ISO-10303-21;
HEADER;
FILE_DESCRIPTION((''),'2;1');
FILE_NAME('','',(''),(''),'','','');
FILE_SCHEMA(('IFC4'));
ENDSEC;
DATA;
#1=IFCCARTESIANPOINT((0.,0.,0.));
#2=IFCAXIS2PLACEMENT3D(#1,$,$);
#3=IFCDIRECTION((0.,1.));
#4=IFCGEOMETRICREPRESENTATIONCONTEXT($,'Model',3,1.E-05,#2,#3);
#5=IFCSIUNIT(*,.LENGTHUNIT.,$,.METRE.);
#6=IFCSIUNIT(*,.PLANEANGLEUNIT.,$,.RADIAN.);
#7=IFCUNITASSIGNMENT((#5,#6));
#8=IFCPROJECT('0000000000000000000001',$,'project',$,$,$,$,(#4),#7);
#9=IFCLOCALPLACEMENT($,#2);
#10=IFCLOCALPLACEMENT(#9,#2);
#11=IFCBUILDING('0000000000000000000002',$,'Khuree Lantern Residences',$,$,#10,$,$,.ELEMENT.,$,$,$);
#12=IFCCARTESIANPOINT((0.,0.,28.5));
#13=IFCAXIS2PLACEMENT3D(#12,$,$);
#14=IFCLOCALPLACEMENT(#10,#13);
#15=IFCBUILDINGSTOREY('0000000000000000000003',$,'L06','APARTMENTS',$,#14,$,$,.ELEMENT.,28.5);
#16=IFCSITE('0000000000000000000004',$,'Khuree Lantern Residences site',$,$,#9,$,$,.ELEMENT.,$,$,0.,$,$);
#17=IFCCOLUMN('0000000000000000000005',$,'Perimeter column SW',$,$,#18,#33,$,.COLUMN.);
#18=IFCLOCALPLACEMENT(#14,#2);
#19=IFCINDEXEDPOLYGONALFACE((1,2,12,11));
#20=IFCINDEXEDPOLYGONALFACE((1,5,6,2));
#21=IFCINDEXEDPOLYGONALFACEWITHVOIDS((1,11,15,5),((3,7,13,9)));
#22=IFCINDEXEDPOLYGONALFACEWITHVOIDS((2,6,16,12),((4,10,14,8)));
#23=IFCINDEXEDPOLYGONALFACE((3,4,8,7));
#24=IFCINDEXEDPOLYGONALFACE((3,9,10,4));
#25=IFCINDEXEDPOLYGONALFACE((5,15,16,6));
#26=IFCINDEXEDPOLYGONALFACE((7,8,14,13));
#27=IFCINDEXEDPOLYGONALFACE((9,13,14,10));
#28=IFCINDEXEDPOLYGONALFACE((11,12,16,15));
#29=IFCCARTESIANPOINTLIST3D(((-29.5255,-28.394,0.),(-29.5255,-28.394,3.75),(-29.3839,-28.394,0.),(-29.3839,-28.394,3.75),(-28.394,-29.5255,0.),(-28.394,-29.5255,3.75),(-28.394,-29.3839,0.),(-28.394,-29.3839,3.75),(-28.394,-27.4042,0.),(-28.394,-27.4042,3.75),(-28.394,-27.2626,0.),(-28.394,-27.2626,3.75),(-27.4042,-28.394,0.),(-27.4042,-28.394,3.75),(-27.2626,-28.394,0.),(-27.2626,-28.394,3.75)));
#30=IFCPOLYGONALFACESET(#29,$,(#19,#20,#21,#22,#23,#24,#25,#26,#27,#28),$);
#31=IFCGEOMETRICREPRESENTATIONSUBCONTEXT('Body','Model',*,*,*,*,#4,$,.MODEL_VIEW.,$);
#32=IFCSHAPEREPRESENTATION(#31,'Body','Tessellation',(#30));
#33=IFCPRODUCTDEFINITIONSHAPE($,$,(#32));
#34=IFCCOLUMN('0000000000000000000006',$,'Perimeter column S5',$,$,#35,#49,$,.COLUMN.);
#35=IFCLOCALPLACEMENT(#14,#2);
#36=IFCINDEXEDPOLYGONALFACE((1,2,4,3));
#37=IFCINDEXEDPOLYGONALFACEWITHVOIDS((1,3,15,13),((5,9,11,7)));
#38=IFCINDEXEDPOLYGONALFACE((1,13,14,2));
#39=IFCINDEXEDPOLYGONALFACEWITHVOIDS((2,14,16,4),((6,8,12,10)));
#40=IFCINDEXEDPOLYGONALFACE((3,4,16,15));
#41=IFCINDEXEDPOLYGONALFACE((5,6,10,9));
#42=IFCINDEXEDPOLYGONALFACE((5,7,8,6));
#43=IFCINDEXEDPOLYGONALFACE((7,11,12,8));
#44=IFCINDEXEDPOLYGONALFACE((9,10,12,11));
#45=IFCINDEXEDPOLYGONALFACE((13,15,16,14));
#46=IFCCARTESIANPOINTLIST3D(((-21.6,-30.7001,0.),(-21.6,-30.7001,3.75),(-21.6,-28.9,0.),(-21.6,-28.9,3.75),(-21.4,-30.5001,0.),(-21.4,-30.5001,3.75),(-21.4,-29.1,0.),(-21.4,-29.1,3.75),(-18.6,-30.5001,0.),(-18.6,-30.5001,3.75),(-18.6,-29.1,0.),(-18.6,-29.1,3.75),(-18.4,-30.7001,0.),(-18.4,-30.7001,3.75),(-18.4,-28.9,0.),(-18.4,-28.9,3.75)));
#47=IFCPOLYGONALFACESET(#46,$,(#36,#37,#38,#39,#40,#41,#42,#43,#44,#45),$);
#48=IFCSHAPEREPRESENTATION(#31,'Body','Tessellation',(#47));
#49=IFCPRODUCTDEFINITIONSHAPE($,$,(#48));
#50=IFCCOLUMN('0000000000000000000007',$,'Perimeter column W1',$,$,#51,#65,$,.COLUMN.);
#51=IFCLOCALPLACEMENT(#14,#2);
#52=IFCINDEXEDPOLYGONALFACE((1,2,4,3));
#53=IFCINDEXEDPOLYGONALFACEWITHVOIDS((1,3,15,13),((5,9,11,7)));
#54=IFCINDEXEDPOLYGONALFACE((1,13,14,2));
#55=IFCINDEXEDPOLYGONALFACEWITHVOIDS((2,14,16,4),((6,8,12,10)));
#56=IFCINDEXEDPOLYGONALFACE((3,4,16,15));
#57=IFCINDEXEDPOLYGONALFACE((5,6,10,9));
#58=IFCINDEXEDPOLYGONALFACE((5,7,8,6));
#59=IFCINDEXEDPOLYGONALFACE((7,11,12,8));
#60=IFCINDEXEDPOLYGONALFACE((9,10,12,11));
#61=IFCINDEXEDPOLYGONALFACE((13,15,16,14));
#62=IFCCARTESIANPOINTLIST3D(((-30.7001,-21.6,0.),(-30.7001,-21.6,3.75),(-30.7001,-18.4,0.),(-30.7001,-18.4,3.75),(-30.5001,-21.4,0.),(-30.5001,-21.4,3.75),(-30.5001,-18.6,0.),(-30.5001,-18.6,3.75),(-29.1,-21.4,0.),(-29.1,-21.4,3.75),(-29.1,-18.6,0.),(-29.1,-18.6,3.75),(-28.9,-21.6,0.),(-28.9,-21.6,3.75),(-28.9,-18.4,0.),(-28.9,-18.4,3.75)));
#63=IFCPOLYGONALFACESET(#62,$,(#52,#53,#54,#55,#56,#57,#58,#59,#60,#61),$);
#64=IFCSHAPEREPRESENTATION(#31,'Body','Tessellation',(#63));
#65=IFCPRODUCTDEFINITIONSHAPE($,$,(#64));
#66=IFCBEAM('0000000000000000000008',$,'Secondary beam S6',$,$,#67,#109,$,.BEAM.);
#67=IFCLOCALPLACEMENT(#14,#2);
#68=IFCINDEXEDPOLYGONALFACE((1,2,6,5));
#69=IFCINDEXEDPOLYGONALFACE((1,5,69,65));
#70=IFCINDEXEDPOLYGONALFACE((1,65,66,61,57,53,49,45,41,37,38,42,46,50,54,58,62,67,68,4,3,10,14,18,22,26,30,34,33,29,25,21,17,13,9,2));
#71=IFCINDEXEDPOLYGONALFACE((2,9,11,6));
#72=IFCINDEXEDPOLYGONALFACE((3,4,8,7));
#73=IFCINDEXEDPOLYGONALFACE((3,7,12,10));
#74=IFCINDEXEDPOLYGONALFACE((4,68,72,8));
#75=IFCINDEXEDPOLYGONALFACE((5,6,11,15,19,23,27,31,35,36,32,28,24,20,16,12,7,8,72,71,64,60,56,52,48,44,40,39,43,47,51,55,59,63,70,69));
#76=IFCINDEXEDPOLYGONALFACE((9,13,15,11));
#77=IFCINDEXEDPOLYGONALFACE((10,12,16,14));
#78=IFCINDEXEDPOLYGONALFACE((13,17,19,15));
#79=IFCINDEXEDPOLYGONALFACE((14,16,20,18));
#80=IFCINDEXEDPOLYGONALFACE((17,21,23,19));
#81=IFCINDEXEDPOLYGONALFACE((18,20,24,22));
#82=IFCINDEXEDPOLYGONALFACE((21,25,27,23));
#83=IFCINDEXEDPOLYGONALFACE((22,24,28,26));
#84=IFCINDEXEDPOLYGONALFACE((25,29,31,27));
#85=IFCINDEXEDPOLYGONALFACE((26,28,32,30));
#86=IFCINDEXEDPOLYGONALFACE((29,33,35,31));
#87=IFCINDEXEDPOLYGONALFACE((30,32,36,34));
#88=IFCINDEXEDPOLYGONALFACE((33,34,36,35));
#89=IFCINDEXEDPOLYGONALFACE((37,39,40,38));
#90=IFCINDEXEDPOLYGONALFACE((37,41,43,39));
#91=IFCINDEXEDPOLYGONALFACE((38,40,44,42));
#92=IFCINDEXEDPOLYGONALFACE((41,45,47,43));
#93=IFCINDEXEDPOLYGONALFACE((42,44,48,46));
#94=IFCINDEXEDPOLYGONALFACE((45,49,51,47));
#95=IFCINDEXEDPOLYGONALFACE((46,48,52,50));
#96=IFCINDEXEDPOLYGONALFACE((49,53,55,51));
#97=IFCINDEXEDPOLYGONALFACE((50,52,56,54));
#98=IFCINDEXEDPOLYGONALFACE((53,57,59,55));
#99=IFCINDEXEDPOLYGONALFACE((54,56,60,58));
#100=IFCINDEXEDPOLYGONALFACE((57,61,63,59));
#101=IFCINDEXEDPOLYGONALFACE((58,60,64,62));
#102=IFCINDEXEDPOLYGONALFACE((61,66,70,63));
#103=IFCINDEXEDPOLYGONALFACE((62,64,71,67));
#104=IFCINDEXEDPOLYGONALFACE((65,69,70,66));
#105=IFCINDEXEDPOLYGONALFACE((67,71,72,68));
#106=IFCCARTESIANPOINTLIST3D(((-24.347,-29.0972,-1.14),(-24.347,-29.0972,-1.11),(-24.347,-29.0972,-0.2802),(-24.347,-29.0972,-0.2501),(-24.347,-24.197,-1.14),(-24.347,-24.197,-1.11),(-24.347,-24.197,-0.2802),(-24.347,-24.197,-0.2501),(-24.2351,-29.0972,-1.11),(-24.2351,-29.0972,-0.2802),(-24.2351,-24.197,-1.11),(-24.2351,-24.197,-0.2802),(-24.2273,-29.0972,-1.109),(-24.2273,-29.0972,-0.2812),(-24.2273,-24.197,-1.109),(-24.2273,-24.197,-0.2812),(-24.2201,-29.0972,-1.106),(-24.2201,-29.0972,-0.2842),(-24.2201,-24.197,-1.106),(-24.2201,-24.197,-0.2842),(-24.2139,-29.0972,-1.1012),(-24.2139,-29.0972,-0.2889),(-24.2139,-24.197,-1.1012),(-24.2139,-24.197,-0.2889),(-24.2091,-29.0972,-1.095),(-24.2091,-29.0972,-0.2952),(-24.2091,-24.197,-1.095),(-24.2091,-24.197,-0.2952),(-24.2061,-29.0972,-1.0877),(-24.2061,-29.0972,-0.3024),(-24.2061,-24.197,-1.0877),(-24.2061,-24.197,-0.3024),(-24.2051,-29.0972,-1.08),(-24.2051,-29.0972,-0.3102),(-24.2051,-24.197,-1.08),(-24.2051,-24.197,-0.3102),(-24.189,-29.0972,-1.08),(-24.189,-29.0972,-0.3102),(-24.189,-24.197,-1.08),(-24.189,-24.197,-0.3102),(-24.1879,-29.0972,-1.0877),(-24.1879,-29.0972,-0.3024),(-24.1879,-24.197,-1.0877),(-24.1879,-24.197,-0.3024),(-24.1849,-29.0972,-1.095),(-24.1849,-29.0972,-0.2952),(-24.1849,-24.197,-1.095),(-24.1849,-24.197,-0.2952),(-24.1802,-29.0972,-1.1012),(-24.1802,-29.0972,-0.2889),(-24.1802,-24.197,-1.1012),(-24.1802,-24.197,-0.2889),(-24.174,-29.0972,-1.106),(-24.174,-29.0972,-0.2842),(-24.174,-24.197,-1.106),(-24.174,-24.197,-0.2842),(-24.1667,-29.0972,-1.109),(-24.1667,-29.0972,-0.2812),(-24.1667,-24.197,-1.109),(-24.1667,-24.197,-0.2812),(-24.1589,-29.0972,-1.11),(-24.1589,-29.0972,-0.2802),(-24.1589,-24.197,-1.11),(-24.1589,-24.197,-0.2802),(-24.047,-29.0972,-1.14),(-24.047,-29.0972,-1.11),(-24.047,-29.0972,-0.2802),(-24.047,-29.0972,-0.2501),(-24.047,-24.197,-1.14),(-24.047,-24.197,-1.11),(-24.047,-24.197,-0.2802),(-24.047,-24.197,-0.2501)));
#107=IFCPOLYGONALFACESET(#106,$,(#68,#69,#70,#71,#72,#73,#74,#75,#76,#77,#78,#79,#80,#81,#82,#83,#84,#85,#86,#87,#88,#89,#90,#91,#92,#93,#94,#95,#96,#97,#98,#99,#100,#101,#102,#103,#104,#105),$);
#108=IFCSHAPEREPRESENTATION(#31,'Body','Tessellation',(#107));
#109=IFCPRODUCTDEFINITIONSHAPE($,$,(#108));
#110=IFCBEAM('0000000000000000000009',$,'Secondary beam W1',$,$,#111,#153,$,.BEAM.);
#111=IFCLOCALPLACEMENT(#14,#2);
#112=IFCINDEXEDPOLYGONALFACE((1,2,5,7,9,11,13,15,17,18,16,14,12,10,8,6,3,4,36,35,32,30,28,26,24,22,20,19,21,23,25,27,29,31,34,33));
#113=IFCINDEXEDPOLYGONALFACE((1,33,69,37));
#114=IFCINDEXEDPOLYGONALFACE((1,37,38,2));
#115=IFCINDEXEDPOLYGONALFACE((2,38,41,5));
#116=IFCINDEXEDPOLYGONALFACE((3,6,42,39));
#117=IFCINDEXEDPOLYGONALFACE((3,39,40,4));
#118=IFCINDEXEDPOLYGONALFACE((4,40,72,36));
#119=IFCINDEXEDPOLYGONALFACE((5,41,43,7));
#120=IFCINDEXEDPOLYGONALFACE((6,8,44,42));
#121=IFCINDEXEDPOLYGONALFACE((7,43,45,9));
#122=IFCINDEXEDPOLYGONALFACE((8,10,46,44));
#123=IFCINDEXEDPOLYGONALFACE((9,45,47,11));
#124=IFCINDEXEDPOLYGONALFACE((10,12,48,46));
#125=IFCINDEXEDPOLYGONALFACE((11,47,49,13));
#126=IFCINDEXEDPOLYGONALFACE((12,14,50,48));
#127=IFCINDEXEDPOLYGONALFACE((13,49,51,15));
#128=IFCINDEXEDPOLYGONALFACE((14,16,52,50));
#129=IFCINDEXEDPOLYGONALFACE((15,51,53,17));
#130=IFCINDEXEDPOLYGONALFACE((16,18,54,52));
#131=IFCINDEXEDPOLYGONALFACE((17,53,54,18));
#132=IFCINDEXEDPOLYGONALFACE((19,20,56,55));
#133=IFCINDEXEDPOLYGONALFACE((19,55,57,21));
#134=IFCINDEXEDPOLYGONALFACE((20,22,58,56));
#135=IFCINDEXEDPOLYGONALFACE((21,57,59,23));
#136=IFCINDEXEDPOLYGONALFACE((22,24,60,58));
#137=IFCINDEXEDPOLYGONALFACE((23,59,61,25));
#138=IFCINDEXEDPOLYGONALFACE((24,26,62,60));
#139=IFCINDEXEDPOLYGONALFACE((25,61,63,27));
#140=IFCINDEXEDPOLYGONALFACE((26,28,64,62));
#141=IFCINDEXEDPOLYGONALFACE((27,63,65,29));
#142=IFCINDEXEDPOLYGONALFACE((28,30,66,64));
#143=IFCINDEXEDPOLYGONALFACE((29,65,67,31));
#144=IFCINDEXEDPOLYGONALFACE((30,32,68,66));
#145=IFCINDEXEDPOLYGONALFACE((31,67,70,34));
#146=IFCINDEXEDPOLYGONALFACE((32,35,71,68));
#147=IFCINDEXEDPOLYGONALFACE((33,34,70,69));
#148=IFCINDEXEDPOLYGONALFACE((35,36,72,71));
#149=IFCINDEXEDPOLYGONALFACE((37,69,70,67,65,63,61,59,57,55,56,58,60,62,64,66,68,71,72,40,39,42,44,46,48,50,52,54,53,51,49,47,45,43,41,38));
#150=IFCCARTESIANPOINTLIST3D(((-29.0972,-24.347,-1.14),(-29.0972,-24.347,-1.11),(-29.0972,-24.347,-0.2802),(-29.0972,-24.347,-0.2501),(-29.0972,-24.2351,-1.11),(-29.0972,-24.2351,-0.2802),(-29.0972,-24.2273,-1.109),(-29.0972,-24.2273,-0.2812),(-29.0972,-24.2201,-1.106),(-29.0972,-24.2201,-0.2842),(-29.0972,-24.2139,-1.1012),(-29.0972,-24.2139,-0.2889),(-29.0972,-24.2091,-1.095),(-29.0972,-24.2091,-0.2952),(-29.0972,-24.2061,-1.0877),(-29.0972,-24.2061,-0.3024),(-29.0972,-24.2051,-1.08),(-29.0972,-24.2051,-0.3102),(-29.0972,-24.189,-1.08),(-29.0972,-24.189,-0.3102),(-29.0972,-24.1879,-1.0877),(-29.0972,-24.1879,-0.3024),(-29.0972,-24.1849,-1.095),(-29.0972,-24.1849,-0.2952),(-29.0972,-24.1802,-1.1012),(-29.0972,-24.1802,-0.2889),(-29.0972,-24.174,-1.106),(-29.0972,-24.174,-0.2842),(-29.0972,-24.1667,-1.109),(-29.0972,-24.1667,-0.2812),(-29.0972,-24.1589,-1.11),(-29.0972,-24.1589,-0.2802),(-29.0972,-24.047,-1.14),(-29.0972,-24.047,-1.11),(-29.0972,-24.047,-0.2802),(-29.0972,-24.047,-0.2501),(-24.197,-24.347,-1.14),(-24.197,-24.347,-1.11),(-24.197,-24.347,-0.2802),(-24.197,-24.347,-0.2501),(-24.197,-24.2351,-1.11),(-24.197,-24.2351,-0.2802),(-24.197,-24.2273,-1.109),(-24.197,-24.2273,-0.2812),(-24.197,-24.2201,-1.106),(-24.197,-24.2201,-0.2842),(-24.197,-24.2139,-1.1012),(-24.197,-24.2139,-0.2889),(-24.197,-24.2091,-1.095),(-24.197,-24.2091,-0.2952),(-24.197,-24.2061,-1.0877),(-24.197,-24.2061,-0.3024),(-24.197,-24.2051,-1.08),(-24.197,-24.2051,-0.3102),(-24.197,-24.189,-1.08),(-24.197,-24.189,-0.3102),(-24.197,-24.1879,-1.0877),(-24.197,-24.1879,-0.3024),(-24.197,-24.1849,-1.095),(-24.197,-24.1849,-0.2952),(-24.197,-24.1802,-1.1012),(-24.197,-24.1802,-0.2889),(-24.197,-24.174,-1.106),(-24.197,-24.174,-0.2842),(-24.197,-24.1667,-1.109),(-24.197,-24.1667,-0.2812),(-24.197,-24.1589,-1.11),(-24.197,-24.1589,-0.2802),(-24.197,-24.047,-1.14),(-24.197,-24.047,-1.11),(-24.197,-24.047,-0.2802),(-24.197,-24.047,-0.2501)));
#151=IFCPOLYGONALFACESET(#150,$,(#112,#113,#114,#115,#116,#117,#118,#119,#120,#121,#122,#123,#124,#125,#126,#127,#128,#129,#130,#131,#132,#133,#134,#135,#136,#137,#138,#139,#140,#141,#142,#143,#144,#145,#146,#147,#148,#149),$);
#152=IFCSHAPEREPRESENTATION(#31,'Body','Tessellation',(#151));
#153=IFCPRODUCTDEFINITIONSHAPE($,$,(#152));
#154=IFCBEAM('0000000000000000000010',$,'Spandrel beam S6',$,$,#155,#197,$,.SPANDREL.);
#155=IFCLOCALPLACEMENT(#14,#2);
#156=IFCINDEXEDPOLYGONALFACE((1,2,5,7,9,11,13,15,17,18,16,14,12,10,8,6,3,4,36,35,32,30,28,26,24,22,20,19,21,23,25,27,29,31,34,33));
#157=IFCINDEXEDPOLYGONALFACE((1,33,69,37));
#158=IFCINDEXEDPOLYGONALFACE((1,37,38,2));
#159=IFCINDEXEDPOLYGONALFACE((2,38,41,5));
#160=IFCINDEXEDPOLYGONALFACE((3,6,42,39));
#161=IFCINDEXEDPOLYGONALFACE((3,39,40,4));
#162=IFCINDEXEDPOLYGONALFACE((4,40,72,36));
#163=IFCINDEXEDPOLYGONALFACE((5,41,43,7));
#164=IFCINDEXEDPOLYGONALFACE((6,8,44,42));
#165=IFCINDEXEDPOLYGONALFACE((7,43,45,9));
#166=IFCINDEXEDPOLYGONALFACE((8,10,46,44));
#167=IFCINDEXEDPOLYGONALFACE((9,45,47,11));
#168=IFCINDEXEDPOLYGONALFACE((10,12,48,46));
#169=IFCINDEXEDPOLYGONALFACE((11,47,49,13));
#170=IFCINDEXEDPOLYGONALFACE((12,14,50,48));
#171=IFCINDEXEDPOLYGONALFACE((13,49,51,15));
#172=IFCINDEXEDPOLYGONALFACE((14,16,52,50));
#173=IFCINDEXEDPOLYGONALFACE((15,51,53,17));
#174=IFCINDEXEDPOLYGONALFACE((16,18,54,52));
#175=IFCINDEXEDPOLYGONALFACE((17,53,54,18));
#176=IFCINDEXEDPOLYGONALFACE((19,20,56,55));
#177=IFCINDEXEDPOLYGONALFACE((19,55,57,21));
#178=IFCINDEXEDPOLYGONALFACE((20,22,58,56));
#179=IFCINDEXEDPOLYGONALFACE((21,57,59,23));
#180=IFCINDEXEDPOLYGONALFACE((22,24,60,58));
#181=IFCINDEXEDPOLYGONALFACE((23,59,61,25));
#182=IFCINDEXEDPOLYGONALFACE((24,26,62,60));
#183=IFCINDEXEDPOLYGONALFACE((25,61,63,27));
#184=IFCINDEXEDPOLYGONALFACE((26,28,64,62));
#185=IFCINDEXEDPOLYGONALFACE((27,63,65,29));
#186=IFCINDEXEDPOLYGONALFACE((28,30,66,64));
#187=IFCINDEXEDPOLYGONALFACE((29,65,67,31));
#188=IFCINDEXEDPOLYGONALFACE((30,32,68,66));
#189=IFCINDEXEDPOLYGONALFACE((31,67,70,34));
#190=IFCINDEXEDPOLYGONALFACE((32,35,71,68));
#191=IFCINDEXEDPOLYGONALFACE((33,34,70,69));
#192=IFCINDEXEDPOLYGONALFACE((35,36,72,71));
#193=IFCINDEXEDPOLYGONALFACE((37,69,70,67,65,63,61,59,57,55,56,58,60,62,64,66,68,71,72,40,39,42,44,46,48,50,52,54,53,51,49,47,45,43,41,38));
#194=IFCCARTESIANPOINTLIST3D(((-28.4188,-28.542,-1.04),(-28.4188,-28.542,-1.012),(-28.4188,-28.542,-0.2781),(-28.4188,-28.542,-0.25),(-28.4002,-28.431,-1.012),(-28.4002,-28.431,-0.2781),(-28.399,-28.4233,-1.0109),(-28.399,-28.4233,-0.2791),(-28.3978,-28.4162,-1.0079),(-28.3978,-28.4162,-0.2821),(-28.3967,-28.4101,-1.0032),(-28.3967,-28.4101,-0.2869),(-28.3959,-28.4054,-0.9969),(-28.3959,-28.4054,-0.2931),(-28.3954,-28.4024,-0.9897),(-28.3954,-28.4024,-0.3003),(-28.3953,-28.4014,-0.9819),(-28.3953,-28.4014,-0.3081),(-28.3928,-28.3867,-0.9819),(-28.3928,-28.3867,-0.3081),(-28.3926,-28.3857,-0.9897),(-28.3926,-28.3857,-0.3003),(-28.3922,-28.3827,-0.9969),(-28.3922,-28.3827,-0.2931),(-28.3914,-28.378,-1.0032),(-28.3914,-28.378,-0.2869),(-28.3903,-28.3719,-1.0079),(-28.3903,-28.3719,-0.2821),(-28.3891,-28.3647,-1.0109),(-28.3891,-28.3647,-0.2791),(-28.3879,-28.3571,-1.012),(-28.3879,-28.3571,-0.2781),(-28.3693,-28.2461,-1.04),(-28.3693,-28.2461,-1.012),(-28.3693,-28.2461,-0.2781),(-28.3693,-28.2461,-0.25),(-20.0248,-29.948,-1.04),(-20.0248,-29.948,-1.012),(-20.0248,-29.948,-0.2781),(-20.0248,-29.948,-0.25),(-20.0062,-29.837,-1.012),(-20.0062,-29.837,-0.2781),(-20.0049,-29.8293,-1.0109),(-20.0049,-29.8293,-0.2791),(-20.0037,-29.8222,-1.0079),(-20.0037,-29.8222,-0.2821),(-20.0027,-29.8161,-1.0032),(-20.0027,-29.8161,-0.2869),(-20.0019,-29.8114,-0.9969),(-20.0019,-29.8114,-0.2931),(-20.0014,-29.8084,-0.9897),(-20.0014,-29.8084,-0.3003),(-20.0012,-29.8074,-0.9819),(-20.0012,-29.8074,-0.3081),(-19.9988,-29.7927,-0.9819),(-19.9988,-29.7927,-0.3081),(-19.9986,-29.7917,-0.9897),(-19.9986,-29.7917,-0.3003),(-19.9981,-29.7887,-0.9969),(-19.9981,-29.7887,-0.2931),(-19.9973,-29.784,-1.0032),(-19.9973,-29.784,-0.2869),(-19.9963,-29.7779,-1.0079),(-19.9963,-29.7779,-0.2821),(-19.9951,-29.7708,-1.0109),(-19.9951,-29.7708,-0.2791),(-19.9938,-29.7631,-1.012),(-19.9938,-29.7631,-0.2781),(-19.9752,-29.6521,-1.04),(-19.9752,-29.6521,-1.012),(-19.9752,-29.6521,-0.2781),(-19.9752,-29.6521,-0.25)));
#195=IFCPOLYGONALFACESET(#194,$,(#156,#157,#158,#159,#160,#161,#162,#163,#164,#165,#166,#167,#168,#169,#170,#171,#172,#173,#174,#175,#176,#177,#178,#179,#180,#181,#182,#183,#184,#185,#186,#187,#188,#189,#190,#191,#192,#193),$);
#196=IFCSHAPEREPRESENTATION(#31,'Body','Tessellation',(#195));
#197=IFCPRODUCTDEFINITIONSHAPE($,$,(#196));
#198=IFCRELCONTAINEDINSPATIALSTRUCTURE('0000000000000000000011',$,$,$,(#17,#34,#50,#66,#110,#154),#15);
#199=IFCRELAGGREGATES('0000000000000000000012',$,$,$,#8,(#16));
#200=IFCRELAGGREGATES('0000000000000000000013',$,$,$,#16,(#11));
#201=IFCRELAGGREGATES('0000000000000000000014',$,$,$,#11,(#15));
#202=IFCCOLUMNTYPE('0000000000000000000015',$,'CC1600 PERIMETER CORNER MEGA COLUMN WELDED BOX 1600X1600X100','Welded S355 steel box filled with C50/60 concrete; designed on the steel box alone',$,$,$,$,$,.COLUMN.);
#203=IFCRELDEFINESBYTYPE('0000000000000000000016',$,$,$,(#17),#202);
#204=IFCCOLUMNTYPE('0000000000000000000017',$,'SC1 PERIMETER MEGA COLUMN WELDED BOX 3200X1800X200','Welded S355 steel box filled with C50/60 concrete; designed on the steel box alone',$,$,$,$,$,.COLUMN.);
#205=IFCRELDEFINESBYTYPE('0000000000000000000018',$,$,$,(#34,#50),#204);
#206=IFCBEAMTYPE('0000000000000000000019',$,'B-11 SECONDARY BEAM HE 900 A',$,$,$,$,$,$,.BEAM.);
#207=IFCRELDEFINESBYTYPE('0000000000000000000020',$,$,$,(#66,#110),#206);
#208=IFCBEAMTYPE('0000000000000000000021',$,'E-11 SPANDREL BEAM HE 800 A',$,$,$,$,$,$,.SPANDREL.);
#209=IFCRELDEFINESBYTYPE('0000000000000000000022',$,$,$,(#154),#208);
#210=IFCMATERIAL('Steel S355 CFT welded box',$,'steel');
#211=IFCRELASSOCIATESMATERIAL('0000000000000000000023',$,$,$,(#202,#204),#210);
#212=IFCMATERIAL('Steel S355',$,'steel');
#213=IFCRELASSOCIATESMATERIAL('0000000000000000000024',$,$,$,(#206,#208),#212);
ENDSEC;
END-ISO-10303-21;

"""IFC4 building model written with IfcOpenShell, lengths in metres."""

from ifc_helpers import new_model, si_unit, direction, frame, origin, origin_2d, place, context, subcontext, project, spatial, hollow_rectangle, i_section, extrude, material, material_profile, profile_set, type_object, element, save


model = new_model("IFC4")

# Units and contexts
model_context = context("Model", 3, precision=1e-05, world=origin(), true_north=direction((0.0, 1.0)))
body_context = subcontext(model_context, "Body", "Model", "MODEL_VIEW")
ifc_project = project(units=[si_unit("LENGTHUNIT", "METRE"), si_unit("PLANEANGLEUNIT", "RADIAN")], contexts=[model_context])

# Site, building, storey
site_placement = place(None, origin())
site = spatial("IfcSite", under=ifc_project, at=site_placement, Name="Khuree Lantern Residences site", CompositionType="ELEMENT", RefElevation=0.0)
building_placement = place(site_placement, origin())
building = spatial("IfcBuilding", under=site, at=building_placement, Name="Khuree Lantern Residences", CompositionType="ELEMENT")
storey_placement = place(building_placement, frame((0.0, 0.0, 28.5)))
storey = spatial("IfcBuildingStorey", under=building, at=storey_placement, Name="L06", Description="APARTMENTS", CompositionType="ELEMENT", Elevation=28.5)

# Columns
ifc_material_1 = material(Name="Steel S355 CFT welded box", Category="steel")
ifc_material_profile_1 = material_profile(ifc_material_1, hollow_rectangle(XDim=1.6001, YDim=1.6001, WallThickness=0.1001, at=origin_2d()), Name="WELDED BOX 1600X1600X100")
ifc_profile_set_1 = profile_set([ifc_material_profile_1], Name="Steel S355 CFT welded box")
column_type_1 = type_object("IfcColumnType", Name="CC1600 PERIMETER CORNER MEGA COLUMN WELDED BOX 1600X1600X100", Description="Welded S355 steel box filled with C50/60 concrete; designed on the steel box alone", PredefinedType="COLUMN", material=ifc_profile_set_1)
column_placement = place(storey_placement, frame((-28.394, -28.394, 0.0), z_axis=(0.0, 0.0, 1.0), x_axis=(0.707107, -0.707107, 0.0)))
element("IfcColumn", 1, at=column_placement, inside=storey, type_object=column_type_1, Name="Perimeter column SW", PredefinedType="COLUMN", context=body_context, shape_type="SweptSolid", body=[
    extrude(hollow_rectangle(XDim=1.6001, YDim=1.6001, WallThickness=0.1001, at=origin_2d()), origin(), (0.0, 0.0, 1.0), 3.75),
])
ifc_material_profile_2 = material_profile(ifc_material_1, hollow_rectangle(XDim=3.2, YDim=1.8, WallThickness=0.2, at=origin_2d()), Name="WELDED BOX 3200X1800X200")
ifc_profile_set_2 = profile_set([ifc_material_profile_2], Name="Steel S355 CFT welded box")
column_type_2 = type_object("IfcColumnType", Name="SC1 PERIMETER MEGA COLUMN WELDED BOX 3200X1800X200", Description="Welded S355 steel box filled with C50/60 concrete; designed on the steel box alone", PredefinedType="COLUMN", material=ifc_profile_set_2)
for number, where, z_axis, x_axis, name in (
    (2, (-20.0, -29.8, 0.0), (0.0, 0.0, 1.0), (1.0, 0.0, 0.0), "Perimeter column S5"),
    (3, (-29.8, -20.0, 0.0), (0.0, 0.0, 1.0), (0.0, 1.0, 0.0), "Perimeter column W1"),
):
    element("IfcColumn", number, at=place(storey_placement, frame(where, z_axis=z_axis, x_axis=x_axis)), inside=storey, type_object=column_type_2, Name=name, PredefinedType="COLUMN", context=body_context, shape_type="SweptSolid", body=[
        extrude(hollow_rectangle(XDim=3.2, YDim=1.8, WallThickness=0.2, at=origin_2d()), origin(), (0.0, 0.0, 1.0), 3.75),
    ])

# Beams
ifc_material_2 = material(Name="Steel S355", Category="steel")
ifc_material_profile_3 = material_profile(ifc_material_2, i_section(OverallWidth=0.3, OverallDepth=0.8899, WebThickness=0.0161, FlangeThickness=0.03, FilletRadius=0.03, at=origin_2d()), Name="HE 900 A")
ifc_profile_set_3 = profile_set([ifc_material_profile_3], Name="Steel S355")
beam_type_1 = type_object("IfcBeamType", Name="B-11 SECONDARY BEAM HE 900 A", PredefinedType="BEAM", material=ifc_profile_set_3)
for number, where, z_axis, x_axis, name in (
    (4, (-24.197, -29.0972, -0.6951), (0.0, 1.0, 0.0), (-1.0, 0.0, 0.0), "Secondary beam S6"),
    (5, (-29.0972, -24.197, -0.6951), (1.0, 0.0, 0.0), (0.0, 1.0, 0.0), "Secondary beam W1"),
):
    element("IfcBeam", number, at=place(storey_placement, frame(where, z_axis=z_axis, x_axis=x_axis)), inside=storey, type_object=beam_type_1, Name=name, PredefinedType="BEAM", context=body_context, shape_type="SweptSolid", body=[
        extrude(i_section(OverallWidth=0.3, OverallDepth=0.8899, WebThickness=0.0161, FlangeThickness=0.03, FilletRadius=0.03, at=origin_2d()), origin(), (0.0, 0.0, 1.0), 4.9001),
    ])
ifc_material_profile_4 = material_profile(ifc_material_2, i_section(OverallWidth=0.3, OverallDepth=0.79, WebThickness=0.0149, FlangeThickness=0.0281, FilletRadius=0.03, at=origin_2d()), Name="HE 800 A")
ifc_profile_set_4 = profile_set([ifc_material_profile_4], Name="Steel S355")
beam_type_2 = type_object("IfcBeamType", Name="E-11 SPANDREL BEAM HE 800 A", PredefinedType="SPANDREL", material=ifc_profile_set_4)
for number, where, z_axis, x_axis, name in (
    (6, (-20.0, -29.8, -0.645), (-0.98626, 0.165199, 0.0), (-0.165199, -0.98626, 0.0), "Spandrel beam S6"),
):
    element("IfcBeam", number, at=place(storey_placement, frame(where, z_axis=z_axis, x_axis=x_axis)), inside=storey, type_object=beam_type_2, Name=name, PredefinedType="SPANDREL", context=body_context, shape_type="SweptSolid", body=[
        extrude(i_section(OverallWidth=0.3, OverallDepth=0.79, WebThickness=0.0149, FlangeThickness=0.0281, FilletRadius=0.03, at=origin_2d()), origin(), (0.0, 0.0, 1.0), 8.511),
    ])

save(model, "model.ifc")
